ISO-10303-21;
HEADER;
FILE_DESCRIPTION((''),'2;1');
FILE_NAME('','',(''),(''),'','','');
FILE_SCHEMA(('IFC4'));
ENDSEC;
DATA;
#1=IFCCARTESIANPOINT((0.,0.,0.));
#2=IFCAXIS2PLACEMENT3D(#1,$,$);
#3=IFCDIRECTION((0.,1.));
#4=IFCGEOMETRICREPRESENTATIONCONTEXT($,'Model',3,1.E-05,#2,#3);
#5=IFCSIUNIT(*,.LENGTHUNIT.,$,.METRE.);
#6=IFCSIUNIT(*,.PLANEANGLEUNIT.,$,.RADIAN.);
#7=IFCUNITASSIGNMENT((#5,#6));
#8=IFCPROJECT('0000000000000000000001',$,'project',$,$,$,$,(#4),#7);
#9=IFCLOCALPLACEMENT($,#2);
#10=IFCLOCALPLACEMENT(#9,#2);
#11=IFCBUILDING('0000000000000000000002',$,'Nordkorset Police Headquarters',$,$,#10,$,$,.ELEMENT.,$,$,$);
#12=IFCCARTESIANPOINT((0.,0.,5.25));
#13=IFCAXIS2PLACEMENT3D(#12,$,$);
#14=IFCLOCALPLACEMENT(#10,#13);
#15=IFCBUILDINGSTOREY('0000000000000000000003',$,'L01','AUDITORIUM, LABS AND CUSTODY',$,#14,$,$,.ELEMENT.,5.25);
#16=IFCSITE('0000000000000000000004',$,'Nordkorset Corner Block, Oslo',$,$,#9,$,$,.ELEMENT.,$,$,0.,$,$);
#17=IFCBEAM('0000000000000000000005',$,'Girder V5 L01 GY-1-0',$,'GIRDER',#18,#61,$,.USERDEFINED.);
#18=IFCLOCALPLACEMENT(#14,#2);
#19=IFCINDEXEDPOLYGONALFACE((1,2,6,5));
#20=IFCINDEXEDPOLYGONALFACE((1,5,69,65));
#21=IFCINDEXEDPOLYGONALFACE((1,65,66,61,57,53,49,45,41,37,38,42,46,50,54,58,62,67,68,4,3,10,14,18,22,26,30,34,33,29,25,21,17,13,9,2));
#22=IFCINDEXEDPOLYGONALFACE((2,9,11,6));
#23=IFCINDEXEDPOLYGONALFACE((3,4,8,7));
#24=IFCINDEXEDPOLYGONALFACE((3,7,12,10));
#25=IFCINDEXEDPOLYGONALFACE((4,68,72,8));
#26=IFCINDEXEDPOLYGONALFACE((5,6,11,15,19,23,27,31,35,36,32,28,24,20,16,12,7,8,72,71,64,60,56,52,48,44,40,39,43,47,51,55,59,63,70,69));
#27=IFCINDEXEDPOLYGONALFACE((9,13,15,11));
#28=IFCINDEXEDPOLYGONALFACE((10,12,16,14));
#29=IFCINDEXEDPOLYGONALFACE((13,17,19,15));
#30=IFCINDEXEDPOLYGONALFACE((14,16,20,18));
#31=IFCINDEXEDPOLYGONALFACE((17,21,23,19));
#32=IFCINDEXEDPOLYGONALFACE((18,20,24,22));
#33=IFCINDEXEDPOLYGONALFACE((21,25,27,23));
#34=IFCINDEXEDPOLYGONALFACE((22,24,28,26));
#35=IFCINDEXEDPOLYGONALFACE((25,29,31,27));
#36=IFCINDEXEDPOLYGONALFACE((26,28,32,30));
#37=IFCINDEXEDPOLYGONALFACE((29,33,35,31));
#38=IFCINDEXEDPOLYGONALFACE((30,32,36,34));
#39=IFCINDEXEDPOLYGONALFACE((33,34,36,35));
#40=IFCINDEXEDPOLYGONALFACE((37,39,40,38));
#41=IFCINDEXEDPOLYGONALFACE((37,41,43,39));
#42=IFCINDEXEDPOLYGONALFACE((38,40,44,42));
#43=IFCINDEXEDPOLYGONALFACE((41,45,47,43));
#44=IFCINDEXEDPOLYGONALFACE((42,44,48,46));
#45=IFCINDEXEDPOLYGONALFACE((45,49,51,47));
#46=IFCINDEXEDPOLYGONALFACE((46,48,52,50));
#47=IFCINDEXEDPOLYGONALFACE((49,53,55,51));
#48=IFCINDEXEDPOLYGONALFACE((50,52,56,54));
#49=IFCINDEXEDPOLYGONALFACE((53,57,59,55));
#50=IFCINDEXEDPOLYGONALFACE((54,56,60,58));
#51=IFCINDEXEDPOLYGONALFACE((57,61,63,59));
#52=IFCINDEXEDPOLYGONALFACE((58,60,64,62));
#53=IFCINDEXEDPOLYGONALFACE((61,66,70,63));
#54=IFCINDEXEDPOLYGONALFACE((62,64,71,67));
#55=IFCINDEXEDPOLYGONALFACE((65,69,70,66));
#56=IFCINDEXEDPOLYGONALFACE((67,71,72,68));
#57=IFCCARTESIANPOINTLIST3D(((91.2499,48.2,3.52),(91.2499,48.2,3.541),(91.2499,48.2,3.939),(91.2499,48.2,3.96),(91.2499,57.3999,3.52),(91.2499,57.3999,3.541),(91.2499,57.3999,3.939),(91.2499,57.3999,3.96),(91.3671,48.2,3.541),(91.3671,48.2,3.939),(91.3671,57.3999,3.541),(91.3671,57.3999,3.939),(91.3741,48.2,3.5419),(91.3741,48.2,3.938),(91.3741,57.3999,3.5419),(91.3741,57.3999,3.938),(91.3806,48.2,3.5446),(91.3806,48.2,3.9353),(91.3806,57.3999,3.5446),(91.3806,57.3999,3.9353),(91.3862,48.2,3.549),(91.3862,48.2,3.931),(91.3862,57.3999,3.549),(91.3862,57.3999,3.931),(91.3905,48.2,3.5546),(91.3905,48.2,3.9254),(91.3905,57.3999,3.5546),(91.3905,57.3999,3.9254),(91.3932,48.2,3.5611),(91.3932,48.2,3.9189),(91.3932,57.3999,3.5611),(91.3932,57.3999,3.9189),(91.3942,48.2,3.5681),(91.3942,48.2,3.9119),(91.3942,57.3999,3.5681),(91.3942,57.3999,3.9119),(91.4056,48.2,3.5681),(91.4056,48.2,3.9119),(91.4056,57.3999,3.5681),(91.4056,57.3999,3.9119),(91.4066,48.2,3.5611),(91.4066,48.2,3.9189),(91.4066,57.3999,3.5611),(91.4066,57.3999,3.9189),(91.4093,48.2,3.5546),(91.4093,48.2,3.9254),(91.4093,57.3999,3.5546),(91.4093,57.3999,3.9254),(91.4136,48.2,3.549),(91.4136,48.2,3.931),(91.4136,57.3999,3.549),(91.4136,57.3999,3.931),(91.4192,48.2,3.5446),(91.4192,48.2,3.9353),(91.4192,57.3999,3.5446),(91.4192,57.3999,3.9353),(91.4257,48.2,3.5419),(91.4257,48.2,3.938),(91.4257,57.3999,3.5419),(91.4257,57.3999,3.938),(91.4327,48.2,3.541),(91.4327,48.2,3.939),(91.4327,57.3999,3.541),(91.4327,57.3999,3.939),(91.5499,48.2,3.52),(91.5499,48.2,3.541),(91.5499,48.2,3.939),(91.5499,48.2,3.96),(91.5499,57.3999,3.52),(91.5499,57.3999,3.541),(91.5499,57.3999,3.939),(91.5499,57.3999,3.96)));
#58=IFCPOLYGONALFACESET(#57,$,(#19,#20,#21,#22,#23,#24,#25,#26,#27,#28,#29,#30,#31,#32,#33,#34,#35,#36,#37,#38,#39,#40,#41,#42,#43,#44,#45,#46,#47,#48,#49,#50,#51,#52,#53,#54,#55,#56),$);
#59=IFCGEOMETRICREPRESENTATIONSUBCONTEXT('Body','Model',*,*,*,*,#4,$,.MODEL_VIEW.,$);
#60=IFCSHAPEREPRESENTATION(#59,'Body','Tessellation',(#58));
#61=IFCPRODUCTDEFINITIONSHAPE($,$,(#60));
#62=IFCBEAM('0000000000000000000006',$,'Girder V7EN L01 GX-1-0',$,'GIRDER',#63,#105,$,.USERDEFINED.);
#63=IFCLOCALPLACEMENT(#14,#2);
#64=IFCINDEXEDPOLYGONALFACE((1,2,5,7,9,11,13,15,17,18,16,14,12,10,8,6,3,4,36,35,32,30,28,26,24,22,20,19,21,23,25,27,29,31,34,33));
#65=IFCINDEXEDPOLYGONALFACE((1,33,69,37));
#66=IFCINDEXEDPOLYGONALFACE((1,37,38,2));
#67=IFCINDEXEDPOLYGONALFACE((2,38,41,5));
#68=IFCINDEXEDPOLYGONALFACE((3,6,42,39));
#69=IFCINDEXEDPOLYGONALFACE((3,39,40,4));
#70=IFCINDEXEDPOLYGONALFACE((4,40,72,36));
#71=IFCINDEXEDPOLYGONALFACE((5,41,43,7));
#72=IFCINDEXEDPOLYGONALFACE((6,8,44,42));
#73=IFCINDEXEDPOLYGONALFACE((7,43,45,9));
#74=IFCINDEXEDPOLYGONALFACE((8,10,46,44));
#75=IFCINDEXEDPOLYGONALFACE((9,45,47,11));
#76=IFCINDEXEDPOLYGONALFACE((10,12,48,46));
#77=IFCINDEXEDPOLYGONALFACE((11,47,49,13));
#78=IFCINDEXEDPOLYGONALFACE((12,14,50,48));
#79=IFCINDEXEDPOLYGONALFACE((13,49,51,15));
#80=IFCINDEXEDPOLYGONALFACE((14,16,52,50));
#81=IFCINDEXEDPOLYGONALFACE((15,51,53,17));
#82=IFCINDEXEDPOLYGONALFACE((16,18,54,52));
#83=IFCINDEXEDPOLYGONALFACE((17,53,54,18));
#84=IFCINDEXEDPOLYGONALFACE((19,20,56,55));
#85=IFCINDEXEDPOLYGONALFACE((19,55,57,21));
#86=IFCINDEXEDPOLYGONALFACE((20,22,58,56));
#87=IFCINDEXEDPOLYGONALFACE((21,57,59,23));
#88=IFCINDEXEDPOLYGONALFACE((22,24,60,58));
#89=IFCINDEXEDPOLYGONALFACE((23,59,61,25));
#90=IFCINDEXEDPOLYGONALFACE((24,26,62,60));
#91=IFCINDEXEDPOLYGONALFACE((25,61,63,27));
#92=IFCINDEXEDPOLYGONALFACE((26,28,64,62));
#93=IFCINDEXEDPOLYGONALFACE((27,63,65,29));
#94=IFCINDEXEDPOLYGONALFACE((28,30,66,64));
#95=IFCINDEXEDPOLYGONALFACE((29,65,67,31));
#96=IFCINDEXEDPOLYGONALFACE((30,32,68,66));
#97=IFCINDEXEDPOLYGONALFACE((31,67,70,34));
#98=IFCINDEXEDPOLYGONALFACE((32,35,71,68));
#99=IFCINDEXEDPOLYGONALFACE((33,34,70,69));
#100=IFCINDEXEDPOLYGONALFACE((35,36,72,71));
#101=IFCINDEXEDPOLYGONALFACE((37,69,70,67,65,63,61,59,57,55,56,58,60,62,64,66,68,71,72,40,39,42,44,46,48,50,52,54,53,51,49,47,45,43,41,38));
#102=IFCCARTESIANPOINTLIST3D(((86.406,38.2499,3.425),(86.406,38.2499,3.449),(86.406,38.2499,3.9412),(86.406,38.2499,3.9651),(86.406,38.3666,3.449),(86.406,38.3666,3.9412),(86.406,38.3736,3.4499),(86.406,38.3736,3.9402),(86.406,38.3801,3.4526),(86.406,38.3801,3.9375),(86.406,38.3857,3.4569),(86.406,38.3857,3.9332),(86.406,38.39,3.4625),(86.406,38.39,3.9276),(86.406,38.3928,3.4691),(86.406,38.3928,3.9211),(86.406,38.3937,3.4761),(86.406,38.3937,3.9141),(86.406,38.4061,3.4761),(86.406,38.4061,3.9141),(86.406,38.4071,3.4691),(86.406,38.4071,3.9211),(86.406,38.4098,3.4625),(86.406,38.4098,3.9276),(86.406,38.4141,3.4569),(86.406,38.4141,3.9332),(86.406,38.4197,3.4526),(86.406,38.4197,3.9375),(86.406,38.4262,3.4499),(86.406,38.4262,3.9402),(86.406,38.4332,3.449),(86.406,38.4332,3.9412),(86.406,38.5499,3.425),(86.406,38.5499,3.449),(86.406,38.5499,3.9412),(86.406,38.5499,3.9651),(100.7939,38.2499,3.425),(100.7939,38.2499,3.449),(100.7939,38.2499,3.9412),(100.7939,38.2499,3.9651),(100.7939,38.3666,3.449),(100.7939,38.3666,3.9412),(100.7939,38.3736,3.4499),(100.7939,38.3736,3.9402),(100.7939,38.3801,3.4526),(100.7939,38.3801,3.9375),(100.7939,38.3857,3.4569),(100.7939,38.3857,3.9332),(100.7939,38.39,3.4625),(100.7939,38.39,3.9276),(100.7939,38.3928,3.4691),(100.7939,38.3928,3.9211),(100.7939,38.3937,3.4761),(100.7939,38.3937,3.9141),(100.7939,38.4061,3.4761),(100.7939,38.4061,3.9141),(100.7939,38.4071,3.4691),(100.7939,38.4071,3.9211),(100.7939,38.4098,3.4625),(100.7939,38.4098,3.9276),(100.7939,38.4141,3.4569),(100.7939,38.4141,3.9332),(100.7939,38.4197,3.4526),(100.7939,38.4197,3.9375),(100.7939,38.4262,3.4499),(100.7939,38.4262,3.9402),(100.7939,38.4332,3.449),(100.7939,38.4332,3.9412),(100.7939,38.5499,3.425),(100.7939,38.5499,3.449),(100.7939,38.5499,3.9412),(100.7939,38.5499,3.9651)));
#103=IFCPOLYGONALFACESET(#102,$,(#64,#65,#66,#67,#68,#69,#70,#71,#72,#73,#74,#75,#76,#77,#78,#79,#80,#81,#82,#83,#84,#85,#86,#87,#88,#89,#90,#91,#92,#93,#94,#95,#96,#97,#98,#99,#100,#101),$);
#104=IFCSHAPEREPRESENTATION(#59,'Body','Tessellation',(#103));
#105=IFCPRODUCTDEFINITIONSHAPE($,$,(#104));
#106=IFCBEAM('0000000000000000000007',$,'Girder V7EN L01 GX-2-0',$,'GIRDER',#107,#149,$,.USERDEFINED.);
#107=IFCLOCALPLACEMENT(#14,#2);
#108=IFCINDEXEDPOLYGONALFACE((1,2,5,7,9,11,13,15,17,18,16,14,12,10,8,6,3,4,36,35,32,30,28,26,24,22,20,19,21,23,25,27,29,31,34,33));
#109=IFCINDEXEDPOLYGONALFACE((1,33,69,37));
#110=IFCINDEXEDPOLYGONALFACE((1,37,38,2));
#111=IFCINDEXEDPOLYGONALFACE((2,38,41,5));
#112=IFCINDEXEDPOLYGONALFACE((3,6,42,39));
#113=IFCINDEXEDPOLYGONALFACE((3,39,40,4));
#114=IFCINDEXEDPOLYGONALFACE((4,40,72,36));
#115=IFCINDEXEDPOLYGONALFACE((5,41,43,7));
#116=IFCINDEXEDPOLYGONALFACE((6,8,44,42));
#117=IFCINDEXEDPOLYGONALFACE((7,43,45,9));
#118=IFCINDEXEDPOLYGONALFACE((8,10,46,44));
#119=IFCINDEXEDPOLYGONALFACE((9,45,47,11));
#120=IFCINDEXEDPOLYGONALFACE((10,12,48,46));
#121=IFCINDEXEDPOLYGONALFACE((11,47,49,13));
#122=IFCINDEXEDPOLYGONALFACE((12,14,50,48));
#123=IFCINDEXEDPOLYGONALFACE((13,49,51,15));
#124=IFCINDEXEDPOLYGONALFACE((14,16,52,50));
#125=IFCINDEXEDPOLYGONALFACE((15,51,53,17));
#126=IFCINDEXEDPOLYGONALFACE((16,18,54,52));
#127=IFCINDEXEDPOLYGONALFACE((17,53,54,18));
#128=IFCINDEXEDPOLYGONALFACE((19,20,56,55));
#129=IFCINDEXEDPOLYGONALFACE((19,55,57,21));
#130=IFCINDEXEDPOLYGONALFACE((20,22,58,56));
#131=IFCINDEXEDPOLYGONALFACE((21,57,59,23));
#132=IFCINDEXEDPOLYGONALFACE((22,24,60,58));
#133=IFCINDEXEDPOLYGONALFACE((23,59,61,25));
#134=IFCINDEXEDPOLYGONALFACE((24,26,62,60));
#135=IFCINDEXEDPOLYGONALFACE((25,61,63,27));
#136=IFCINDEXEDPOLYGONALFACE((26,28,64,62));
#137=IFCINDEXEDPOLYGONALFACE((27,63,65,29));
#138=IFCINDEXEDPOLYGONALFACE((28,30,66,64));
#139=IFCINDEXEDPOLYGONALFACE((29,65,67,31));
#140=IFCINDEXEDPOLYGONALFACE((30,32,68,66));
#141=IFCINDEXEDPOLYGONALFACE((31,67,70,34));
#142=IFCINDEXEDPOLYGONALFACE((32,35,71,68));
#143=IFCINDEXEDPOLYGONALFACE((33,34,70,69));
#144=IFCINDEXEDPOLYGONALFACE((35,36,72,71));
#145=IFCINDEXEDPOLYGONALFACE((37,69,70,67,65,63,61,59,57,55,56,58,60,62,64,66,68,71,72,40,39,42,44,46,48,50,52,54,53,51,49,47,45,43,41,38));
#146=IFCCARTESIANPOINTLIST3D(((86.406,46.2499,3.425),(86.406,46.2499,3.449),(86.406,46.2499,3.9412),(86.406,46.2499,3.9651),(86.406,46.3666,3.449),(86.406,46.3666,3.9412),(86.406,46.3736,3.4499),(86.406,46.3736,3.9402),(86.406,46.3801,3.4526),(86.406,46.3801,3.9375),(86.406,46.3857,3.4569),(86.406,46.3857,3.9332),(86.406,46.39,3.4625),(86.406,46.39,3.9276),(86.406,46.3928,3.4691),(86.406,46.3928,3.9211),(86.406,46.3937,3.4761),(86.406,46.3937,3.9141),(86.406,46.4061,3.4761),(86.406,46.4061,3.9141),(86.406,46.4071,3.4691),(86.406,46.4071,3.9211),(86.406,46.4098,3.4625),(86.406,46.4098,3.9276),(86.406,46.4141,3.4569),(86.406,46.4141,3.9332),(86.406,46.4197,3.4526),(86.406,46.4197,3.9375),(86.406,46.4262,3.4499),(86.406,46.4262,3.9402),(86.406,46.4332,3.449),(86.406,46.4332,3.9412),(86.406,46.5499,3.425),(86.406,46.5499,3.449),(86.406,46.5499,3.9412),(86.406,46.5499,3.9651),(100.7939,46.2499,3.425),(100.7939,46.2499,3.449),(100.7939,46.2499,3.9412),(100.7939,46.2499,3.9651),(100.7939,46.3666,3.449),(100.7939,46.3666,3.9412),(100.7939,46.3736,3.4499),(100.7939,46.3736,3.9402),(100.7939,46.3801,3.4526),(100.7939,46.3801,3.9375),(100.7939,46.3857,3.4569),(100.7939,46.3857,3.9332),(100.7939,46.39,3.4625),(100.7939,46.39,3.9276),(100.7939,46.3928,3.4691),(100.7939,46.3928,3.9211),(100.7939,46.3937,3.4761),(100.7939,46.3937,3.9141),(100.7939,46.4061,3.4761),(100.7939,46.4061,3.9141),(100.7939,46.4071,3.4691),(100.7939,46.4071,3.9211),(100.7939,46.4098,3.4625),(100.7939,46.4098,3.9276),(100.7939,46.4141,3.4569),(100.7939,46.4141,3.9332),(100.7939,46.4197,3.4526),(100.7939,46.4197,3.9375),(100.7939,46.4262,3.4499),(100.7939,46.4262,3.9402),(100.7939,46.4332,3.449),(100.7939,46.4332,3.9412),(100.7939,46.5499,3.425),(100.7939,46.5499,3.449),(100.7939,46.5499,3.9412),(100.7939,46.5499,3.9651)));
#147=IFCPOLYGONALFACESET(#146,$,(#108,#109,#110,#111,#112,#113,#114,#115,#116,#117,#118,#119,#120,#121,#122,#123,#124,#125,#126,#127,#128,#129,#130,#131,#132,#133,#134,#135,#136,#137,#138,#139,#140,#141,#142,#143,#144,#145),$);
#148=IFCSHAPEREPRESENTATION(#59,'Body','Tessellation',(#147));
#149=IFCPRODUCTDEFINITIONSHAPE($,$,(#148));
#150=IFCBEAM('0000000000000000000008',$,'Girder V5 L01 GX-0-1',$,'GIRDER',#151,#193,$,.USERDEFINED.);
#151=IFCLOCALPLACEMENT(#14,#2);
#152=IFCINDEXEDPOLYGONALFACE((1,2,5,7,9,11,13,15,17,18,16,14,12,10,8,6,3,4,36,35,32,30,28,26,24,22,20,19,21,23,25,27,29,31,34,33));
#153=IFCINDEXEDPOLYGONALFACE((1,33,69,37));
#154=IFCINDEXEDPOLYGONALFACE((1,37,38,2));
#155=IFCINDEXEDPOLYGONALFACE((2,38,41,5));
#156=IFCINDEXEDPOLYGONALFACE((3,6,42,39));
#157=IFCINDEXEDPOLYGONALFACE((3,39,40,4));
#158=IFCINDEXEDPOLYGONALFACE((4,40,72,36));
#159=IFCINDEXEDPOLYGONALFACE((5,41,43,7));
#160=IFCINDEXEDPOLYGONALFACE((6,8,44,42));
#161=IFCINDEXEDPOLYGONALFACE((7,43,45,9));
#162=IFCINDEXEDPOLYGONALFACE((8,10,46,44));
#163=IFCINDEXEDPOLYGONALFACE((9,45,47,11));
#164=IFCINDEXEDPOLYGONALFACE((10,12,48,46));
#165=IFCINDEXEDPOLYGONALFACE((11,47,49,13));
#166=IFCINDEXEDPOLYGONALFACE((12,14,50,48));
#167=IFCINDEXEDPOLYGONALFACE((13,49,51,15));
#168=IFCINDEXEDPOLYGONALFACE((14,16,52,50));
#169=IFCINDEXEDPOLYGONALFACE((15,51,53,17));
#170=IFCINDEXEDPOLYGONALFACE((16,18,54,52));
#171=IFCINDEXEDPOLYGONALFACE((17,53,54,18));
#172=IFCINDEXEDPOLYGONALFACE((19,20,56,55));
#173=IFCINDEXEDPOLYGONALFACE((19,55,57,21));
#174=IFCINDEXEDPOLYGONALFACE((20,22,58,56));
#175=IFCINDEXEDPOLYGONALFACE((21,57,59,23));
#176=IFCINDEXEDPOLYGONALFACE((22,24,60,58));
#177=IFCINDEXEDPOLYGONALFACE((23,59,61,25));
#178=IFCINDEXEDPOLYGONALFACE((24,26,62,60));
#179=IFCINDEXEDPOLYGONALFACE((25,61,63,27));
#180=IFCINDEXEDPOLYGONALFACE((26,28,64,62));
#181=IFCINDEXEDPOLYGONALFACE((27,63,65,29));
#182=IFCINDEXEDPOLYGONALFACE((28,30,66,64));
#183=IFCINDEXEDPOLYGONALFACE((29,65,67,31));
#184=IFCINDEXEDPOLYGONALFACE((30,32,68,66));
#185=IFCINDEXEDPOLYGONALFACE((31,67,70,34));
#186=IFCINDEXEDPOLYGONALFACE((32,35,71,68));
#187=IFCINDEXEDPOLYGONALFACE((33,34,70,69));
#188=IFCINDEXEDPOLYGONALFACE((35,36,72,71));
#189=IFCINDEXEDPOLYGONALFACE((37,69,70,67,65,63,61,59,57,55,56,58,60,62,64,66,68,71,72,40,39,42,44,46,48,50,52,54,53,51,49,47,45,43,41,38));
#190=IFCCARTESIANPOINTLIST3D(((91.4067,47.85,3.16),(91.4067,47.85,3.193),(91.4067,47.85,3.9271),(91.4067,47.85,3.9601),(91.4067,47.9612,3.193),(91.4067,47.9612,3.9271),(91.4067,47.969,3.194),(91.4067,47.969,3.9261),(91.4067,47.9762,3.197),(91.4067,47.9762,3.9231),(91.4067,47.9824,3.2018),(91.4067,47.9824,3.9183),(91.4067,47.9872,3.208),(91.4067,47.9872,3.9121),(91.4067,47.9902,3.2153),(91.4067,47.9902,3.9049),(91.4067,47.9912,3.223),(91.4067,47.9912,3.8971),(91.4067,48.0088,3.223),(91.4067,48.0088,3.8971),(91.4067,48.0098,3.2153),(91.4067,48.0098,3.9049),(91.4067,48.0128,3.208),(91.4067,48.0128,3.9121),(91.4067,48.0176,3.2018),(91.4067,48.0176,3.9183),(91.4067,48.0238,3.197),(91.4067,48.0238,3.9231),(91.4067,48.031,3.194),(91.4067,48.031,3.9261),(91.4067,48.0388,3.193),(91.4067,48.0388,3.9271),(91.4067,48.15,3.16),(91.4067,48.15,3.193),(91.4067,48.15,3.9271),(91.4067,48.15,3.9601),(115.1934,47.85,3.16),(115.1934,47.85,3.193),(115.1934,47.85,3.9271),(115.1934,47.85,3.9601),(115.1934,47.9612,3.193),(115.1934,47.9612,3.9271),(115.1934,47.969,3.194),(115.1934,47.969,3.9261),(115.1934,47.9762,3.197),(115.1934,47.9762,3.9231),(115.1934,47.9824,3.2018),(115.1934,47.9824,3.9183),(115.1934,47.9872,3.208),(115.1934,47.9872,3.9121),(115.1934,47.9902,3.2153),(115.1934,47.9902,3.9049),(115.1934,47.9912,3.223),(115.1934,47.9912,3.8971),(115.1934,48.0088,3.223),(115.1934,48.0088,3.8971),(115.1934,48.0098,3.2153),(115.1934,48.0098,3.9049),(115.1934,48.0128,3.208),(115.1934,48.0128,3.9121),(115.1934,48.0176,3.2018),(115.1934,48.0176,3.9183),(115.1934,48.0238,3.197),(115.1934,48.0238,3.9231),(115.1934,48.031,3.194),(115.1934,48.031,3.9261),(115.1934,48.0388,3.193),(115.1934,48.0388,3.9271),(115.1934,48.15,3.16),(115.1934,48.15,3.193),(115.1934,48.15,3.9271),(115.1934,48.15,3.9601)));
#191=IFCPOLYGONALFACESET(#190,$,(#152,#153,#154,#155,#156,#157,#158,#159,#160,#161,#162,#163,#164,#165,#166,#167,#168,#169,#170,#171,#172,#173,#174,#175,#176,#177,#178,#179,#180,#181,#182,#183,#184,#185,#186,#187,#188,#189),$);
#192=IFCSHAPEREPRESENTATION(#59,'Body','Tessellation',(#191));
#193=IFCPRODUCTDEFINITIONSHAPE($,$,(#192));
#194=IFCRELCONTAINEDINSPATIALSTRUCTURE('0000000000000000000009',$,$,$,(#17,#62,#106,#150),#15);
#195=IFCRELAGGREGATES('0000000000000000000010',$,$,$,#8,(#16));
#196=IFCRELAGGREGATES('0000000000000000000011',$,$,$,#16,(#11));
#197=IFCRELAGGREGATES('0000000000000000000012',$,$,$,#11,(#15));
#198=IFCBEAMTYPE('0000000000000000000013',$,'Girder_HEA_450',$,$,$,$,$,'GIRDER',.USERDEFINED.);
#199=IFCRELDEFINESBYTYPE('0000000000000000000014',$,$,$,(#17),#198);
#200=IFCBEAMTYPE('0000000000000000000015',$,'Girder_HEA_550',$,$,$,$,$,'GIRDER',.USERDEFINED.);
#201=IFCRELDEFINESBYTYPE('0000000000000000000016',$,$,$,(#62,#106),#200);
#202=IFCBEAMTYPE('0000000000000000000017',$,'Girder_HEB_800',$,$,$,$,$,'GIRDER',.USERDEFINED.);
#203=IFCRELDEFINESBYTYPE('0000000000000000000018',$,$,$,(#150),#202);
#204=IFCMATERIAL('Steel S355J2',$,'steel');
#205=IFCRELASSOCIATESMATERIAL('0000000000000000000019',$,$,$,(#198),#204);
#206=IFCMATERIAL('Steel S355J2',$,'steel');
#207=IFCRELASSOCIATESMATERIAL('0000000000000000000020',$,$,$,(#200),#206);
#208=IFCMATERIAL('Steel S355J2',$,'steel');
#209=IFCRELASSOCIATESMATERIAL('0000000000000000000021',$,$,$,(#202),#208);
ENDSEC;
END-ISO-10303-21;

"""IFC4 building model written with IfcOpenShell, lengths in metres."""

from ifc_helpers import new_model, si_unit, direction, frame, origin, origin_2d, place, context, subcontext, project, spatial, i_section, extrude, material, material_profile, profile_set, type_object, element, save


model = new_model("IFC4")

# Units and contexts
model_context = context("Model", 3, precision=1e-05, world=origin(), true_north=direction((0.0, 1.0)))
body_context = subcontext(model_context, "Body", "Model", "MODEL_VIEW")
ifc_project = project(units=[si_unit("LENGTHUNIT", "METRE"), si_unit("PLANEANGLEUNIT", "RADIAN")], contexts=[model_context])

# Site, building, storey
site_placement = place(None, origin())
site = spatial("IfcSite", under=ifc_project, at=site_placement, Name="Nordkorset Corner Block, Oslo", CompositionType="ELEMENT", RefElevation=0.0)
building_placement = place(site_placement, origin())
building = spatial("IfcBuilding", under=site, at=building_placement, Name="Nordkorset Police Headquarters", CompositionType="ELEMENT")
storey_placement = place(building_placement, frame((0.0, 0.0, 5.25)))
storey = spatial("IfcBuildingStorey", under=building, at=storey_placement, Name="L01", Description="AUDITORIUM, LABS AND CUSTODY", CompositionType="ELEMENT", Elevation=5.25)

# Beams
ifc_material_1 = material(Name="Steel S355J2", Category="steel")
ifc_material_profile_1 = material_profile(ifc_material_1, i_section(OverallWidth=0.3, OverallDepth=0.4399, WebThickness=0.0115, FlangeThickness=0.021, FilletRadius=0.0271, at=origin_2d()), Name="HEA 450")
ifc_profile_set_1 = profile_set([ifc_material_profile_1], Name="Steel S355J2")
beam_type_1 = type_object("IfcBeamType", Name="Girder_HEA_450", ElementType="GIRDER", PredefinedType="USERDEFINED", material=ifc_profile_set_1)
for number, where, z_axis, x_axis, name in (
    (1, (91.3999, 48.2, 3.74), (0.0, 1.0, 0.0), (-1.0, 0.0, 0.0), "Girder V5 L01 GY-1-0"),
):
    element("IfcBeam", number, at=place(storey_placement, frame(where, z_axis=z_axis, x_axis=x_axis)), inside=storey, type_object=beam_type_1, Name=name, ObjectType="GIRDER", PredefinedType="USERDEFINED", context=body_context, shape_type="SweptSolid", body=[
        extrude(i_section(OverallWidth=0.3, OverallDepth=0.4399, WebThickness=0.0115, FlangeThickness=0.021, FilletRadius=0.0271, at=origin_2d()), origin(), (0.0, 0.0, 1.0), 9.2),
    ])
ifc_material_2 = material(Name="Steel S355J2", Category="steel")
ifc_material_profile_2 = material_profile(ifc_material_2, i_section(OverallWidth=0.3, OverallDepth=0.54, WebThickness=0.0125, FlangeThickness=0.0239, FilletRadius=0.0271, at=origin_2d()), Name="HEA 550")
ifc_profile_set_2 = profile_set([ifc_material_profile_2], Name="Steel S355J2")
beam_type_2 = type_object("IfcBeamType", Name="Girder_HEA_550", ElementType="GIRDER", PredefinedType="USERDEFINED", material=ifc_profile_set_2)
for number, where, z_axis, x_axis, name in (
    (2, (86.406, 38.3999, 3.6951), (1.0, 0.0, 0.0), (0.0, 1.0, 0.0), "Girder V7EN L01 GX-1-0"),
    (3, (86.406, 46.3999, 3.6951), (1.0, 0.0, 0.0), (0.0, 1.0, 0.0), "Girder V7EN L01 GX-2-0"),
):
    element("IfcBeam", number, at=place(storey_placement, frame(where, z_axis=z_axis, x_axis=x_axis)), inside=storey, type_object=beam_type_2, Name=name, ObjectType="GIRDER", PredefinedType="USERDEFINED", context=body_context, shape_type="SweptSolid", body=[
        extrude(i_section(OverallWidth=0.3, OverallDepth=0.54, WebThickness=0.0125, FlangeThickness=0.0239, FilletRadius=0.0271, at=origin_2d()), origin(), (0.0, 0.0, 1.0), 14.3879),
    ])
ifc_material_3 = material(Name="Steel S355J2", Category="steel")
ifc_material_profile_3 = material_profile(ifc_material_3, i_section(OverallWidth=0.3, OverallDepth=0.8, WebThickness=0.0176, FlangeThickness=0.033, FilletRadius=0.03, at=origin_2d()), Name="HEB 800")
ifc_profile_set_3 = profile_set([ifc_material_profile_3], Name="Steel S355J2")
beam_type_3 = type_object("IfcBeamType", Name="Girder_HEB_800", ElementType="GIRDER", PredefinedType="USERDEFINED", material=ifc_profile_set_3)
beam_1_placement = place(storey_placement, frame((91.4067, 48.0, 3.5601), z_axis=(1.0, 0.0, 0.0), x_axis=(0.0, 1.0, 0.0)))
element("IfcBeam", 4, at=beam_1_placement, inside=storey, type_object=beam_type_3, Name="Girder V5 L01 GX-0-1", ObjectType="GIRDER", PredefinedType="USERDEFINED", context=body_context, shape_type="SweptSolid", body=[
    extrude(i_section(OverallWidth=0.3, OverallDepth=0.8, WebThickness=0.0176, FlangeThickness=0.033, FilletRadius=0.03, at=origin_2d()), origin(), (0.0, 0.0, 1.0), 23.7866),
])

save(model, "model.ifc")
